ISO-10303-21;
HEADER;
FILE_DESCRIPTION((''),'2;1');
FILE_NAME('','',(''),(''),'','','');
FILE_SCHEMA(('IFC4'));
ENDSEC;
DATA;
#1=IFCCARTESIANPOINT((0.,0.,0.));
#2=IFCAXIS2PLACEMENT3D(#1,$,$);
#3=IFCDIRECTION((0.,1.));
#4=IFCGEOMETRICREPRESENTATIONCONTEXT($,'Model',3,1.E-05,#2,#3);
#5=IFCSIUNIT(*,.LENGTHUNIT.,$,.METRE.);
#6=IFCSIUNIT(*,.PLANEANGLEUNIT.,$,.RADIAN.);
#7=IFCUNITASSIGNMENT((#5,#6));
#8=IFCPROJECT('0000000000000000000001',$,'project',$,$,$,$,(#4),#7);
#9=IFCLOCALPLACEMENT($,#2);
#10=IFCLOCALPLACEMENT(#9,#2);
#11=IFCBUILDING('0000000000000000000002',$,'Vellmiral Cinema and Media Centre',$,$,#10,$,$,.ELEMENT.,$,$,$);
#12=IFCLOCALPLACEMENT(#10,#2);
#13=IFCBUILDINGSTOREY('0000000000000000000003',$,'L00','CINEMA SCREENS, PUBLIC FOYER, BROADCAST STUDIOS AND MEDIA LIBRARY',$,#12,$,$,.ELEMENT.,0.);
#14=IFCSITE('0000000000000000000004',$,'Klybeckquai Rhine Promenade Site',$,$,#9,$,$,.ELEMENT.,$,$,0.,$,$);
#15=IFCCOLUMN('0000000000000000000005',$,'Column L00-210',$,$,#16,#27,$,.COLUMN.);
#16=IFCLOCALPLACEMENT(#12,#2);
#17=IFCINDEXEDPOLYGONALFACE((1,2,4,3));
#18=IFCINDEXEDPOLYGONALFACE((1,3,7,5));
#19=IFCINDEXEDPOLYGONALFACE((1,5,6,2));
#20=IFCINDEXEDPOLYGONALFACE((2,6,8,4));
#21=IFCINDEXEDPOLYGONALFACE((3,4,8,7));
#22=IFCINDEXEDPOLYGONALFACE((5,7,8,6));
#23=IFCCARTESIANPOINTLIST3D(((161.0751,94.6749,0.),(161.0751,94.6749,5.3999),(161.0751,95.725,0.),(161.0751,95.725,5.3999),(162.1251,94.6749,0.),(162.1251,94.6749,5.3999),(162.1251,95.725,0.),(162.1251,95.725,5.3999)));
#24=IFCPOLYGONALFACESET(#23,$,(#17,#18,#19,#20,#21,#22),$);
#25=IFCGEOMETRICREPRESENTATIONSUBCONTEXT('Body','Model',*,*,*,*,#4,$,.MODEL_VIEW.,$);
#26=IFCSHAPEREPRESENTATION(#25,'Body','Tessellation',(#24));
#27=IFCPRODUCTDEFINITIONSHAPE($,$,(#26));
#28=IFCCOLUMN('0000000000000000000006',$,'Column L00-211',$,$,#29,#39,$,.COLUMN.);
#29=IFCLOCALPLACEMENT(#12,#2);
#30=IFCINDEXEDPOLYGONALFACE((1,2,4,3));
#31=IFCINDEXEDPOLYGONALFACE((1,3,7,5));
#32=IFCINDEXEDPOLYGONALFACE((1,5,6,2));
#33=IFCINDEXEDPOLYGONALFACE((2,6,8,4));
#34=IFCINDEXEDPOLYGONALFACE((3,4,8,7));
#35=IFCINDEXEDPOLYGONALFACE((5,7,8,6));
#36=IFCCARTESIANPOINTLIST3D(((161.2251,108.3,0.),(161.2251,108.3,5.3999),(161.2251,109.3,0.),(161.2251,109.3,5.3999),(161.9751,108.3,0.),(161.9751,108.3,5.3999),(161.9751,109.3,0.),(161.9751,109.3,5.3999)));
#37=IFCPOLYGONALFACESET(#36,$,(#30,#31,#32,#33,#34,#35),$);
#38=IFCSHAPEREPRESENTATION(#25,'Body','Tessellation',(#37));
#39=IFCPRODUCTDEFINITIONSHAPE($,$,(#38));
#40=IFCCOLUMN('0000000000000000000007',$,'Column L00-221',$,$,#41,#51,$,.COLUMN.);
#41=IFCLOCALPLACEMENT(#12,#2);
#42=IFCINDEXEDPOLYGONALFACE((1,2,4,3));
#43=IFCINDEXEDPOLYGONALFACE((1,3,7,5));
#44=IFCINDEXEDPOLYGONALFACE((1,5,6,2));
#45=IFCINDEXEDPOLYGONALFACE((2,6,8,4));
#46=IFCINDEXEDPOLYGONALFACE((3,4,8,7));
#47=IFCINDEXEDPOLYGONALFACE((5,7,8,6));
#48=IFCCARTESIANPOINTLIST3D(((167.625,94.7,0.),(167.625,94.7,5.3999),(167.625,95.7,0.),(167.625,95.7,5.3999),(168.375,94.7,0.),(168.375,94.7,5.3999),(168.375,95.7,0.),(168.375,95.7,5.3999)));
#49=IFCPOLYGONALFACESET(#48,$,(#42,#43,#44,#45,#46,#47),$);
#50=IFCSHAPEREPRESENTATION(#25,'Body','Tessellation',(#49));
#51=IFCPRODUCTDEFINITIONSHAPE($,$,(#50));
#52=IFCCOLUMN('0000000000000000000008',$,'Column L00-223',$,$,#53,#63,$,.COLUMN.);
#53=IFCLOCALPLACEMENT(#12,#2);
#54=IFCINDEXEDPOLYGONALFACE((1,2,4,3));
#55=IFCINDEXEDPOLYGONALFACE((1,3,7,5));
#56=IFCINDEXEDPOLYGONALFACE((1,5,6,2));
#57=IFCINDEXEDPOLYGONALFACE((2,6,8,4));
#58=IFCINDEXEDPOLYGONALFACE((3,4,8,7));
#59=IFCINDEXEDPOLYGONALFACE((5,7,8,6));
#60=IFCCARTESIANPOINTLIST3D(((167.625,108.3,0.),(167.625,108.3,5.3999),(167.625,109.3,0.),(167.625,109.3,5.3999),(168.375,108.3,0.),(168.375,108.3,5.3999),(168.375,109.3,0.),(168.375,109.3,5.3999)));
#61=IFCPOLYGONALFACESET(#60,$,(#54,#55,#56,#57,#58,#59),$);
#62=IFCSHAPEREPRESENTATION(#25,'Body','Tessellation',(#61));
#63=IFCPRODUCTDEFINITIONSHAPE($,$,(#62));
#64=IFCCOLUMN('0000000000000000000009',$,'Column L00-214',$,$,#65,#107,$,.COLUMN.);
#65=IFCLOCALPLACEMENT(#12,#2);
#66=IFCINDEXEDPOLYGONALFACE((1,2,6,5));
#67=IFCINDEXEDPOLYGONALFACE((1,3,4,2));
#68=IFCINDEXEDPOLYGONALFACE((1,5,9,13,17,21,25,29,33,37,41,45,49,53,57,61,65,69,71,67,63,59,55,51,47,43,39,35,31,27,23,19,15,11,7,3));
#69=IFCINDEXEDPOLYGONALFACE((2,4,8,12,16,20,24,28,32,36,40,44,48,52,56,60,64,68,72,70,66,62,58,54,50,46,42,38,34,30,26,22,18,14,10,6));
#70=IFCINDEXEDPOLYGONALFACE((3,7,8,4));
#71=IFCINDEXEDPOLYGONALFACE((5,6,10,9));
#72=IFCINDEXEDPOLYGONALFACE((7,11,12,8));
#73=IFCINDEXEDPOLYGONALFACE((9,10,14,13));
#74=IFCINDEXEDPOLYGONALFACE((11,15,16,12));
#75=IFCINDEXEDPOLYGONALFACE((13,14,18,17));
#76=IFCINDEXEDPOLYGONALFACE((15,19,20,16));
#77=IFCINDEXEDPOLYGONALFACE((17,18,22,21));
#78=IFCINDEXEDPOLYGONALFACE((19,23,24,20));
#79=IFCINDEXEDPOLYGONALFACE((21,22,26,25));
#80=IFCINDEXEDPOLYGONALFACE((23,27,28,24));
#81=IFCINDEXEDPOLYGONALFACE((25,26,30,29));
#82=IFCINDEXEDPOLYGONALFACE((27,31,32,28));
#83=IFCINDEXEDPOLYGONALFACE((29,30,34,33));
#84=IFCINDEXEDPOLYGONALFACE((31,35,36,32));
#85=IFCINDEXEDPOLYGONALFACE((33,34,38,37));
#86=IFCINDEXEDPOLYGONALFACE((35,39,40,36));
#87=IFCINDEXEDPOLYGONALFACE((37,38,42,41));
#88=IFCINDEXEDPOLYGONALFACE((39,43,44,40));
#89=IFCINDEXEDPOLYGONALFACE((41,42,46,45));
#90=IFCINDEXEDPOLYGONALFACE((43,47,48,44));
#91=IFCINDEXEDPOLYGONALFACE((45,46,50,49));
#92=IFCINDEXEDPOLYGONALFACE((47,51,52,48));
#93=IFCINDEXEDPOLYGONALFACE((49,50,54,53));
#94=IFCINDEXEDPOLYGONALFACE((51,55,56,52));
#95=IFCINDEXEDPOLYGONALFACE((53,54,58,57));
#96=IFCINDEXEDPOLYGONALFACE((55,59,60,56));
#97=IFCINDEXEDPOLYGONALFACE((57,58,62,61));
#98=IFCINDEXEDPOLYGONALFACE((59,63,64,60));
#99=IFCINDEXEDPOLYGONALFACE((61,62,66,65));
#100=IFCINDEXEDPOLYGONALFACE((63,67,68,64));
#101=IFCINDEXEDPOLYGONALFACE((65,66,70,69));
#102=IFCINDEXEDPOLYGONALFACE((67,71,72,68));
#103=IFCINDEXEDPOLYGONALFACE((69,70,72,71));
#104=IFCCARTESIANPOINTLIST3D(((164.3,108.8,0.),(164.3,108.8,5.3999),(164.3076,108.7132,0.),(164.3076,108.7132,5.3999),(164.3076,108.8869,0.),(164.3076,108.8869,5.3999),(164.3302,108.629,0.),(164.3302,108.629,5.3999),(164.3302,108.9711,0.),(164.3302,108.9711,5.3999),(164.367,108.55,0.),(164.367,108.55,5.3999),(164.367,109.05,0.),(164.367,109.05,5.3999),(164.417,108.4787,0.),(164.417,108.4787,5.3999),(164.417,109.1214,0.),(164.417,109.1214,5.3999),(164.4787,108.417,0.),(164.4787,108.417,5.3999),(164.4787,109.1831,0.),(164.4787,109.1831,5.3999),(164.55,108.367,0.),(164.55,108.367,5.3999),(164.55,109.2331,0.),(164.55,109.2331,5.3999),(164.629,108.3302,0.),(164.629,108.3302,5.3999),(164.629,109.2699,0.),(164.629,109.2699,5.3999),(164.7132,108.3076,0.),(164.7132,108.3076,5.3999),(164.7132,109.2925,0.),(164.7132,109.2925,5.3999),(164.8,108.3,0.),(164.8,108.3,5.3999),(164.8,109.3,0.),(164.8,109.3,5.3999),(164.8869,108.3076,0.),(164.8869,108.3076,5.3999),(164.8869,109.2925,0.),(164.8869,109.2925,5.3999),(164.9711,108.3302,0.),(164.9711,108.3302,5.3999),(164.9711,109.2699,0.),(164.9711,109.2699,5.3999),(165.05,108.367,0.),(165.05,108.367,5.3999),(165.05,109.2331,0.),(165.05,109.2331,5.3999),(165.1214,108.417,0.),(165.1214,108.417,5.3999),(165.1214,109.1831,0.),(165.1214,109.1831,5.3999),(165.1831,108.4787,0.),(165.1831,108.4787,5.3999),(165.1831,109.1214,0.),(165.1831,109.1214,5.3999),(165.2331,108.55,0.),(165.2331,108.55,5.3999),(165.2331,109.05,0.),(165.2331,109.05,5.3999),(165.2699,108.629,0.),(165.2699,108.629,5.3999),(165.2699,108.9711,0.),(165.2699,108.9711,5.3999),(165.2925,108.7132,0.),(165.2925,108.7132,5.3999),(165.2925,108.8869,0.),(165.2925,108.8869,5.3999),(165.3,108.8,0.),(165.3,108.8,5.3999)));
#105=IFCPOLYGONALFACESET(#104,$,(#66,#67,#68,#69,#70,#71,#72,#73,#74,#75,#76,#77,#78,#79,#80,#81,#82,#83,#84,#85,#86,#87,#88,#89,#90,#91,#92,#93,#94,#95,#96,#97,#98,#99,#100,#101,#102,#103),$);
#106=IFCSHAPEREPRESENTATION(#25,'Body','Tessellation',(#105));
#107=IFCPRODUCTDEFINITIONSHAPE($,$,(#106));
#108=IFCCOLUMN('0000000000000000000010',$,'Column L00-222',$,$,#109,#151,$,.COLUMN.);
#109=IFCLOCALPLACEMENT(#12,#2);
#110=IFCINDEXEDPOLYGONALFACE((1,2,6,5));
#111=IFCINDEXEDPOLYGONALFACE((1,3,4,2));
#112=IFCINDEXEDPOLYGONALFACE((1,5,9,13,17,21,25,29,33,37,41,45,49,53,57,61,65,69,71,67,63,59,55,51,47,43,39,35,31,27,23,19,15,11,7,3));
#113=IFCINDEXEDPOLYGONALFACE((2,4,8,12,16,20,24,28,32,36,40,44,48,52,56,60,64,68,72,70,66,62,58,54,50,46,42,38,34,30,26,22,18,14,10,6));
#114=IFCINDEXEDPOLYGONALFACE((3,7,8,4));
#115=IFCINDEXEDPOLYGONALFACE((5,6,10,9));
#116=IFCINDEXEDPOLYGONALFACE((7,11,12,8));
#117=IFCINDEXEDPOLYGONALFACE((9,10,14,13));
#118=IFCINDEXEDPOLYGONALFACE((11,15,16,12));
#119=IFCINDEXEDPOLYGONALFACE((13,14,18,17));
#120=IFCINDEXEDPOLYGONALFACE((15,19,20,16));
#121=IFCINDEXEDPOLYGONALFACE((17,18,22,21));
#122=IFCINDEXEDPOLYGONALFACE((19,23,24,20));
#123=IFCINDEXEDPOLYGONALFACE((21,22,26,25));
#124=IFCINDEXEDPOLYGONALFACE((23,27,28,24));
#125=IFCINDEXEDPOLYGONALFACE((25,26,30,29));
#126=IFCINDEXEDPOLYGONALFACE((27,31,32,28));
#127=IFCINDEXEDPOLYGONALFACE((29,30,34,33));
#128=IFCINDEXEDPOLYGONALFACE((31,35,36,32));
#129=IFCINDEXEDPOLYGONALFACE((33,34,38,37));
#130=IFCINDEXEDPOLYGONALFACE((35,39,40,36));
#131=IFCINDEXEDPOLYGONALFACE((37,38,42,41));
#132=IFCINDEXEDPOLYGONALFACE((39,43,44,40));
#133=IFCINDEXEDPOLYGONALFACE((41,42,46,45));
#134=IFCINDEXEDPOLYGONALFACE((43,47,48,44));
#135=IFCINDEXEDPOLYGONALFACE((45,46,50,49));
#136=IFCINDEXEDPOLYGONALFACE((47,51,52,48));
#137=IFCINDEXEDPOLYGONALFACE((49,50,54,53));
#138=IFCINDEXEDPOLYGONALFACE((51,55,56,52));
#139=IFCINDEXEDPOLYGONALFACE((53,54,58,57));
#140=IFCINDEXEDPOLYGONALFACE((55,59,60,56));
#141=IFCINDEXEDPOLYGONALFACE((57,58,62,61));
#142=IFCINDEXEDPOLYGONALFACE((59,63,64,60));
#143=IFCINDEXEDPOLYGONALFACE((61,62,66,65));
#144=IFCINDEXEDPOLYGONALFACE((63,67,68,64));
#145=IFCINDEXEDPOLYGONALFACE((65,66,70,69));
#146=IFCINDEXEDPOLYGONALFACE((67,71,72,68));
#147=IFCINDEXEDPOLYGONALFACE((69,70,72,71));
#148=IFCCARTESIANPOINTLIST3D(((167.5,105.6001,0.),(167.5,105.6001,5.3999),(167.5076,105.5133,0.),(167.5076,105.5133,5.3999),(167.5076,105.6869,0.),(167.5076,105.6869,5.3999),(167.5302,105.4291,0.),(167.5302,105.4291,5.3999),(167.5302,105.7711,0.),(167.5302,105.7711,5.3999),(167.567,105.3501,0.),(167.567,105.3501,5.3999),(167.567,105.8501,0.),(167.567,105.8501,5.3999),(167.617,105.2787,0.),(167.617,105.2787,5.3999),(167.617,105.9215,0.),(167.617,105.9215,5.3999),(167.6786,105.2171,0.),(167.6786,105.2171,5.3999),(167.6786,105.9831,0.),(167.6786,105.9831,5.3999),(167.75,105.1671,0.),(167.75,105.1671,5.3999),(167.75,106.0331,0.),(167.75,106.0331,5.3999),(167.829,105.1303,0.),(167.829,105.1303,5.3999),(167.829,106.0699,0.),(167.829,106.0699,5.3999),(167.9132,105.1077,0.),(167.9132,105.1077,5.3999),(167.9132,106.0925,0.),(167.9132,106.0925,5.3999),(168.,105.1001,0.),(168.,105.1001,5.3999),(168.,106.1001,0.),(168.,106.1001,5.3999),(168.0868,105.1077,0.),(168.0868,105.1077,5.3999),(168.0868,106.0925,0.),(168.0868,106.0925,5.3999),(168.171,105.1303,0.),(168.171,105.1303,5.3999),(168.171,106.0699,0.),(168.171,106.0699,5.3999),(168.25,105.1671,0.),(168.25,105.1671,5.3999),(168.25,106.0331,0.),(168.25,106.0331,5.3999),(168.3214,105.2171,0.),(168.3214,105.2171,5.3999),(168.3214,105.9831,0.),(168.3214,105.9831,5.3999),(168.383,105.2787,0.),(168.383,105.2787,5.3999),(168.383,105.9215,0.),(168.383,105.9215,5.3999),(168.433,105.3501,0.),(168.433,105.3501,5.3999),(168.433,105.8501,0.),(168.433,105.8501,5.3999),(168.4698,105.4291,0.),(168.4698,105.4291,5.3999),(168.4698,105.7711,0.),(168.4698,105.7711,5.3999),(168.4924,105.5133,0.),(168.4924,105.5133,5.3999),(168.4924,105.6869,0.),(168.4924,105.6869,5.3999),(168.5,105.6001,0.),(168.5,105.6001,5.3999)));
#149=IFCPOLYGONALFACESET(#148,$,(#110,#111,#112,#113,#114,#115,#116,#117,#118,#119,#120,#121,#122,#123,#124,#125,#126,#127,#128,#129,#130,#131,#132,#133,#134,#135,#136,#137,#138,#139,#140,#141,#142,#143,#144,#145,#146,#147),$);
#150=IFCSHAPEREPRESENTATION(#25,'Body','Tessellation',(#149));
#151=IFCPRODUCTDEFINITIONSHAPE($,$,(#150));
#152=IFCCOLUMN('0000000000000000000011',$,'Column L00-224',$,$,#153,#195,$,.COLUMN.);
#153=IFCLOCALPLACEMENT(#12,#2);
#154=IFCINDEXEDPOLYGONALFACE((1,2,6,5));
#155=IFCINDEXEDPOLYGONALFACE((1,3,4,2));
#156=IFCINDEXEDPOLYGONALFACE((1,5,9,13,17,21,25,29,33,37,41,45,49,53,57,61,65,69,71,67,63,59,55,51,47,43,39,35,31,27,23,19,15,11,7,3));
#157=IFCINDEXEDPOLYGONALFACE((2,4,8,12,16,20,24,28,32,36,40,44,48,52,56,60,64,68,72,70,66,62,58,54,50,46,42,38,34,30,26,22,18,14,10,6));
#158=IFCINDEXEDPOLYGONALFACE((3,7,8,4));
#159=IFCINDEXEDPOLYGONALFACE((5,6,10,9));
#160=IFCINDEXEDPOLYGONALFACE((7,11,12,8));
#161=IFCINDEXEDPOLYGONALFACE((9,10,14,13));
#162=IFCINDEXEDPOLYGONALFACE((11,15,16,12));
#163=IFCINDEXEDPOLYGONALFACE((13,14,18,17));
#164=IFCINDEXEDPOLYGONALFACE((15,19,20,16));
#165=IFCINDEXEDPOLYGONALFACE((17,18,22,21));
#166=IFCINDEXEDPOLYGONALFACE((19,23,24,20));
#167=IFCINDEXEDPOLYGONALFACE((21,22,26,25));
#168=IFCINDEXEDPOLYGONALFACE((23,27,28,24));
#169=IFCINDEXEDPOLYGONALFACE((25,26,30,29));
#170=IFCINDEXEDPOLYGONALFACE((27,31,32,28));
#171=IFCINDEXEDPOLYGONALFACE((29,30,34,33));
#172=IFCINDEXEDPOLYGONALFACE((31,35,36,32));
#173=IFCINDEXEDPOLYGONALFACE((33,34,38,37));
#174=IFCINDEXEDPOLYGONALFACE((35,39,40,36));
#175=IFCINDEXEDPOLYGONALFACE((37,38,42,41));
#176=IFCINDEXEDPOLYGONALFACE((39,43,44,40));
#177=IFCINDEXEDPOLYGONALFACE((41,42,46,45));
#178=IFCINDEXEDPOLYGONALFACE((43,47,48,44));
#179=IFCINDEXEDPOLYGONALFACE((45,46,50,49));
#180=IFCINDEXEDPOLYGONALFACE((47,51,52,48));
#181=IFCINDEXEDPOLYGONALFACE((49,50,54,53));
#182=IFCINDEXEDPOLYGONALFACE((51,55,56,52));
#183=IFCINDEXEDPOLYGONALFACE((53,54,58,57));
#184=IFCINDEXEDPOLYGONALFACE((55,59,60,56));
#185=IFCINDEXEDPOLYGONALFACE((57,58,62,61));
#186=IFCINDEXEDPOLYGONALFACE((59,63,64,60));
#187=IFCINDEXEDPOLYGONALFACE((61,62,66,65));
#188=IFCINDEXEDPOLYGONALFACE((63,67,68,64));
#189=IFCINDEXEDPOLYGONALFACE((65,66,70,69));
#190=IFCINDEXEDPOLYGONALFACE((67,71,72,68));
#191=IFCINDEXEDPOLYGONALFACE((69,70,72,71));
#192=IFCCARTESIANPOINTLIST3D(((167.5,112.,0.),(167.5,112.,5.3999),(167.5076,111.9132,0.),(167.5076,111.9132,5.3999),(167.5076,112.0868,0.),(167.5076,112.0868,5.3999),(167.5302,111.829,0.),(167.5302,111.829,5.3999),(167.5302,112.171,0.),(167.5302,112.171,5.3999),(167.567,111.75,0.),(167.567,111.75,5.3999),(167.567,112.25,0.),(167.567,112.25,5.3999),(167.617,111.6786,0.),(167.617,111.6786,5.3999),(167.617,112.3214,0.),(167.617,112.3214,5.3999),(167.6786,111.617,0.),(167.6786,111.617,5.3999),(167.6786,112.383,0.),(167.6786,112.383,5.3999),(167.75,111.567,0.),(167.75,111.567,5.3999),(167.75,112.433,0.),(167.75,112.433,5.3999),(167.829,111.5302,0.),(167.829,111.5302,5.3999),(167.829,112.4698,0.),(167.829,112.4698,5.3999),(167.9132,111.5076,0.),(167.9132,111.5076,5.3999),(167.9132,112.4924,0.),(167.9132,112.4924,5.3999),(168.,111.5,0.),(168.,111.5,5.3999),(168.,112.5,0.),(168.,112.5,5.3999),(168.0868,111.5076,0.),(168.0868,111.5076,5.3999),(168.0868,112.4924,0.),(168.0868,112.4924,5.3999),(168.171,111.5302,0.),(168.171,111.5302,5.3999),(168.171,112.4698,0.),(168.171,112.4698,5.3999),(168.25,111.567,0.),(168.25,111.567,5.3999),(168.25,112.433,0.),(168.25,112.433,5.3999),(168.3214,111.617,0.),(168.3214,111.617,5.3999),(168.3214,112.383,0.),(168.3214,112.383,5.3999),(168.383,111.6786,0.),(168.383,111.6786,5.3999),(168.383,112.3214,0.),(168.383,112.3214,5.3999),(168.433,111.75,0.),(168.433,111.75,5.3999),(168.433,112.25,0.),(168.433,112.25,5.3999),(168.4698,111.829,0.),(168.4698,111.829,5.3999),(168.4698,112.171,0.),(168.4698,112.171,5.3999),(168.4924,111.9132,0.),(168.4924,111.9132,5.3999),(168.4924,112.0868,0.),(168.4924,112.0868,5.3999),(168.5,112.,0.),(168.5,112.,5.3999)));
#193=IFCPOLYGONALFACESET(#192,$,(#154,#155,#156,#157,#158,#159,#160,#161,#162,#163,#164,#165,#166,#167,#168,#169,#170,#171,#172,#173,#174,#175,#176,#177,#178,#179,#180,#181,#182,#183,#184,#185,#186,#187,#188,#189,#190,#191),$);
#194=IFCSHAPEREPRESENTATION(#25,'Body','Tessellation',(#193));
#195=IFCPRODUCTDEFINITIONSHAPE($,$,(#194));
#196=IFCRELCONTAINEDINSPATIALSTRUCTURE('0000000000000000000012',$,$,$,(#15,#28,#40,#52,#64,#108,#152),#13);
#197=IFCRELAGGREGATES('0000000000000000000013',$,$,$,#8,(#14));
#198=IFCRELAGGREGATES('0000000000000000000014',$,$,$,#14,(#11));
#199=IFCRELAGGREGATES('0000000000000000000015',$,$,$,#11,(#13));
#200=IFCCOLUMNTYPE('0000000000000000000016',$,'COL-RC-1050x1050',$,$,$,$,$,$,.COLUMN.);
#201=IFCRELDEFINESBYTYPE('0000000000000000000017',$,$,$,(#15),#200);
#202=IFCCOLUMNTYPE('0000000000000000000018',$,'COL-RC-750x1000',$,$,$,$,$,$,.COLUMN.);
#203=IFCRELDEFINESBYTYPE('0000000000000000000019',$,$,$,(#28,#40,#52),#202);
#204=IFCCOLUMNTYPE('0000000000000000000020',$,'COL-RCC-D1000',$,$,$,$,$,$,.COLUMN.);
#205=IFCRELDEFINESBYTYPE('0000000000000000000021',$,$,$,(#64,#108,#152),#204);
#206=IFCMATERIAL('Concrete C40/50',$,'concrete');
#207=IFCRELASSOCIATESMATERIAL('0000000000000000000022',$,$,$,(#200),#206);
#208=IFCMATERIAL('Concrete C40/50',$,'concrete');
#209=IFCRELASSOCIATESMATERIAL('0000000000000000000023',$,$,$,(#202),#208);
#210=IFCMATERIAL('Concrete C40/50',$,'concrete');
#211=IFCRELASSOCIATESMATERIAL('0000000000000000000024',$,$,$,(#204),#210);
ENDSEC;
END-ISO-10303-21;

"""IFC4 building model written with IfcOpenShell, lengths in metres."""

from ifc_helpers import new_model, si_unit, direction, frame, origin, origin_2d, place, context, subcontext, project, spatial, rectangle, circle, extrude, material, material_profile, profile_set, type_object, element, save


model = new_model("IFC4")

# Units and contexts
model_context = context("Model", 3, precision=1e-05, world=origin(), true_north=direction((0.0, 1.0)))
body_context = subcontext(model_context, "Body", "Model", "MODEL_VIEW")
ifc_project = project(units=[si_unit("LENGTHUNIT", "METRE"), si_unit("PLANEANGLEUNIT", "RADIAN")], contexts=[model_context])

# Site, building, storey
site_placement = place(None, origin())
site = spatial("IfcSite", under=ifc_project, at=site_placement, Name="Klybeckquai Rhine Promenade Site", CompositionType="ELEMENT", RefElevation=0.0)
building_placement = place(site_placement, origin())
building = spatial("IfcBuilding", under=site, at=building_placement, Name="Vellmiral Cinema and Media Centre", CompositionType="ELEMENT")
storey_placement = place(building_placement, origin())
storey = spatial("IfcBuildingStorey", under=building, at=storey_placement, Name="L00", Description="CINEMA SCREENS, PUBLIC FOYER, BROADCAST STUDIOS AND MEDIA LIBRARY", CompositionType="ELEMENT", Elevation=0.0)

# Columns
ifc_material_1 = material(Name="Concrete C40/50", Category="concrete")
ifc_material_profile_1 = material_profile(ifc_material_1, rectangle(XDim=1.05, YDim=1.05, at=origin_2d()), Name="RC 1050x1050")
ifc_profile_set_1 = profile_set([ifc_material_profile_1], Name="Concrete C40/50")
column_type_1 = type_object("IfcColumnType", Name="COL-RC-1050x1050", PredefinedType="COLUMN", material=ifc_profile_set_1)
column_placement = place(storey_placement, frame((161.6001, 95.2, 0.0), z_axis=(0.0, 0.0, 1.0), x_axis=(1.0, 0.0, 0.0)))
element("IfcColumn", 1, at=column_placement, inside=storey, type_object=column_type_1, Name="Column L00-210", PredefinedType="COLUMN", context=body_context, shape_type="SweptSolid", body=[
    extrude(rectangle(XDim=1.05, YDim=1.05, at=origin_2d()), origin(), (0.0, 0.0, 1.0), 5.3999),
])
ifc_material_2 = material(Name="Concrete C40/50", Category="concrete")
ifc_material_profile_2 = material_profile(ifc_material_2, rectangle(XDim=0.75, YDim=1.0, at=origin_2d()), Name="RC 750x1000")
ifc_profile_set_2 = profile_set([ifc_material_profile_2], Name="Concrete C40/50")
column_type_2 = type_object("IfcColumnType", Name="COL-RC-750x1000", PredefinedType="COLUMN", material=ifc_profile_set_2)
for number, where, z_axis, x_axis, name in (
    (2, (161.6001, 108.8, 0.0), (0.0, 0.0, 1.0), (1.0, 0.0, 0.0), "Column L00-211"),
    (3, (168.0, 95.2, 0.0), (0.0, 0.0, 1.0), (1.0, 0.0, 0.0), "Column L00-221"),
    (4, (168.0, 108.8, 0.0), (0.0, 0.0, 1.0), (1.0, 0.0, 0.0), "Column L00-223"),
):
    element("IfcColumn", number, at=place(storey_placement, frame(where, z_axis=z_axis, x_axis=x_axis)), inside=storey, type_object=column_type_2, Name=name, PredefinedType="COLUMN", context=body_context, shape_type="SweptSolid", body=[
        extrude(rectangle(XDim=0.75, YDim=1.0, at=origin_2d()), origin(), (0.0, 0.0, 1.0), 5.3999),
    ])
ifc_material_3 = material(Name="Concrete C40/50", Category="concrete")
ifc_material_profile_3 = material_profile(ifc_material_3, circle(Radius=0.5, at=origin_2d()), Name="RC D1000")
ifc_profile_set_3 = profile_set([ifc_material_profile_3], Name="Concrete C40/50")
column_type_3 = type_object("IfcColumnType", Name="COL-RCC-D1000", PredefinedType="COLUMN", material=ifc_profile_set_3)
for number, where, z_axis, x_axis, name in (
    (5, (164.8, 108.8, 0.0), (0.0, 0.0, 1.0), (1.0, 0.0, 0.0), "Column L00-214"),
    (6, (168.0, 105.6001, 0.0), (0.0, 0.0, 1.0), (1.0, 0.0, 0.0), "Column L00-222"),
    (7, (168.0, 112.0, 0.0), (0.0, 0.0, 1.0), (1.0, 0.0, 0.0), "Column L00-224"),
):
    element("IfcColumn", number, at=place(storey_placement, frame(where, z_axis=z_axis, x_axis=x_axis)), inside=storey, type_object=column_type_3, Name=name, PredefinedType="COLUMN", context=body_context, shape_type="SweptSolid", body=[
        extrude(circle(Radius=0.5, at=origin_2d()), origin(), (0.0, 0.0, 1.0), 5.3999),
    ])

save(model, "model.ifc")
